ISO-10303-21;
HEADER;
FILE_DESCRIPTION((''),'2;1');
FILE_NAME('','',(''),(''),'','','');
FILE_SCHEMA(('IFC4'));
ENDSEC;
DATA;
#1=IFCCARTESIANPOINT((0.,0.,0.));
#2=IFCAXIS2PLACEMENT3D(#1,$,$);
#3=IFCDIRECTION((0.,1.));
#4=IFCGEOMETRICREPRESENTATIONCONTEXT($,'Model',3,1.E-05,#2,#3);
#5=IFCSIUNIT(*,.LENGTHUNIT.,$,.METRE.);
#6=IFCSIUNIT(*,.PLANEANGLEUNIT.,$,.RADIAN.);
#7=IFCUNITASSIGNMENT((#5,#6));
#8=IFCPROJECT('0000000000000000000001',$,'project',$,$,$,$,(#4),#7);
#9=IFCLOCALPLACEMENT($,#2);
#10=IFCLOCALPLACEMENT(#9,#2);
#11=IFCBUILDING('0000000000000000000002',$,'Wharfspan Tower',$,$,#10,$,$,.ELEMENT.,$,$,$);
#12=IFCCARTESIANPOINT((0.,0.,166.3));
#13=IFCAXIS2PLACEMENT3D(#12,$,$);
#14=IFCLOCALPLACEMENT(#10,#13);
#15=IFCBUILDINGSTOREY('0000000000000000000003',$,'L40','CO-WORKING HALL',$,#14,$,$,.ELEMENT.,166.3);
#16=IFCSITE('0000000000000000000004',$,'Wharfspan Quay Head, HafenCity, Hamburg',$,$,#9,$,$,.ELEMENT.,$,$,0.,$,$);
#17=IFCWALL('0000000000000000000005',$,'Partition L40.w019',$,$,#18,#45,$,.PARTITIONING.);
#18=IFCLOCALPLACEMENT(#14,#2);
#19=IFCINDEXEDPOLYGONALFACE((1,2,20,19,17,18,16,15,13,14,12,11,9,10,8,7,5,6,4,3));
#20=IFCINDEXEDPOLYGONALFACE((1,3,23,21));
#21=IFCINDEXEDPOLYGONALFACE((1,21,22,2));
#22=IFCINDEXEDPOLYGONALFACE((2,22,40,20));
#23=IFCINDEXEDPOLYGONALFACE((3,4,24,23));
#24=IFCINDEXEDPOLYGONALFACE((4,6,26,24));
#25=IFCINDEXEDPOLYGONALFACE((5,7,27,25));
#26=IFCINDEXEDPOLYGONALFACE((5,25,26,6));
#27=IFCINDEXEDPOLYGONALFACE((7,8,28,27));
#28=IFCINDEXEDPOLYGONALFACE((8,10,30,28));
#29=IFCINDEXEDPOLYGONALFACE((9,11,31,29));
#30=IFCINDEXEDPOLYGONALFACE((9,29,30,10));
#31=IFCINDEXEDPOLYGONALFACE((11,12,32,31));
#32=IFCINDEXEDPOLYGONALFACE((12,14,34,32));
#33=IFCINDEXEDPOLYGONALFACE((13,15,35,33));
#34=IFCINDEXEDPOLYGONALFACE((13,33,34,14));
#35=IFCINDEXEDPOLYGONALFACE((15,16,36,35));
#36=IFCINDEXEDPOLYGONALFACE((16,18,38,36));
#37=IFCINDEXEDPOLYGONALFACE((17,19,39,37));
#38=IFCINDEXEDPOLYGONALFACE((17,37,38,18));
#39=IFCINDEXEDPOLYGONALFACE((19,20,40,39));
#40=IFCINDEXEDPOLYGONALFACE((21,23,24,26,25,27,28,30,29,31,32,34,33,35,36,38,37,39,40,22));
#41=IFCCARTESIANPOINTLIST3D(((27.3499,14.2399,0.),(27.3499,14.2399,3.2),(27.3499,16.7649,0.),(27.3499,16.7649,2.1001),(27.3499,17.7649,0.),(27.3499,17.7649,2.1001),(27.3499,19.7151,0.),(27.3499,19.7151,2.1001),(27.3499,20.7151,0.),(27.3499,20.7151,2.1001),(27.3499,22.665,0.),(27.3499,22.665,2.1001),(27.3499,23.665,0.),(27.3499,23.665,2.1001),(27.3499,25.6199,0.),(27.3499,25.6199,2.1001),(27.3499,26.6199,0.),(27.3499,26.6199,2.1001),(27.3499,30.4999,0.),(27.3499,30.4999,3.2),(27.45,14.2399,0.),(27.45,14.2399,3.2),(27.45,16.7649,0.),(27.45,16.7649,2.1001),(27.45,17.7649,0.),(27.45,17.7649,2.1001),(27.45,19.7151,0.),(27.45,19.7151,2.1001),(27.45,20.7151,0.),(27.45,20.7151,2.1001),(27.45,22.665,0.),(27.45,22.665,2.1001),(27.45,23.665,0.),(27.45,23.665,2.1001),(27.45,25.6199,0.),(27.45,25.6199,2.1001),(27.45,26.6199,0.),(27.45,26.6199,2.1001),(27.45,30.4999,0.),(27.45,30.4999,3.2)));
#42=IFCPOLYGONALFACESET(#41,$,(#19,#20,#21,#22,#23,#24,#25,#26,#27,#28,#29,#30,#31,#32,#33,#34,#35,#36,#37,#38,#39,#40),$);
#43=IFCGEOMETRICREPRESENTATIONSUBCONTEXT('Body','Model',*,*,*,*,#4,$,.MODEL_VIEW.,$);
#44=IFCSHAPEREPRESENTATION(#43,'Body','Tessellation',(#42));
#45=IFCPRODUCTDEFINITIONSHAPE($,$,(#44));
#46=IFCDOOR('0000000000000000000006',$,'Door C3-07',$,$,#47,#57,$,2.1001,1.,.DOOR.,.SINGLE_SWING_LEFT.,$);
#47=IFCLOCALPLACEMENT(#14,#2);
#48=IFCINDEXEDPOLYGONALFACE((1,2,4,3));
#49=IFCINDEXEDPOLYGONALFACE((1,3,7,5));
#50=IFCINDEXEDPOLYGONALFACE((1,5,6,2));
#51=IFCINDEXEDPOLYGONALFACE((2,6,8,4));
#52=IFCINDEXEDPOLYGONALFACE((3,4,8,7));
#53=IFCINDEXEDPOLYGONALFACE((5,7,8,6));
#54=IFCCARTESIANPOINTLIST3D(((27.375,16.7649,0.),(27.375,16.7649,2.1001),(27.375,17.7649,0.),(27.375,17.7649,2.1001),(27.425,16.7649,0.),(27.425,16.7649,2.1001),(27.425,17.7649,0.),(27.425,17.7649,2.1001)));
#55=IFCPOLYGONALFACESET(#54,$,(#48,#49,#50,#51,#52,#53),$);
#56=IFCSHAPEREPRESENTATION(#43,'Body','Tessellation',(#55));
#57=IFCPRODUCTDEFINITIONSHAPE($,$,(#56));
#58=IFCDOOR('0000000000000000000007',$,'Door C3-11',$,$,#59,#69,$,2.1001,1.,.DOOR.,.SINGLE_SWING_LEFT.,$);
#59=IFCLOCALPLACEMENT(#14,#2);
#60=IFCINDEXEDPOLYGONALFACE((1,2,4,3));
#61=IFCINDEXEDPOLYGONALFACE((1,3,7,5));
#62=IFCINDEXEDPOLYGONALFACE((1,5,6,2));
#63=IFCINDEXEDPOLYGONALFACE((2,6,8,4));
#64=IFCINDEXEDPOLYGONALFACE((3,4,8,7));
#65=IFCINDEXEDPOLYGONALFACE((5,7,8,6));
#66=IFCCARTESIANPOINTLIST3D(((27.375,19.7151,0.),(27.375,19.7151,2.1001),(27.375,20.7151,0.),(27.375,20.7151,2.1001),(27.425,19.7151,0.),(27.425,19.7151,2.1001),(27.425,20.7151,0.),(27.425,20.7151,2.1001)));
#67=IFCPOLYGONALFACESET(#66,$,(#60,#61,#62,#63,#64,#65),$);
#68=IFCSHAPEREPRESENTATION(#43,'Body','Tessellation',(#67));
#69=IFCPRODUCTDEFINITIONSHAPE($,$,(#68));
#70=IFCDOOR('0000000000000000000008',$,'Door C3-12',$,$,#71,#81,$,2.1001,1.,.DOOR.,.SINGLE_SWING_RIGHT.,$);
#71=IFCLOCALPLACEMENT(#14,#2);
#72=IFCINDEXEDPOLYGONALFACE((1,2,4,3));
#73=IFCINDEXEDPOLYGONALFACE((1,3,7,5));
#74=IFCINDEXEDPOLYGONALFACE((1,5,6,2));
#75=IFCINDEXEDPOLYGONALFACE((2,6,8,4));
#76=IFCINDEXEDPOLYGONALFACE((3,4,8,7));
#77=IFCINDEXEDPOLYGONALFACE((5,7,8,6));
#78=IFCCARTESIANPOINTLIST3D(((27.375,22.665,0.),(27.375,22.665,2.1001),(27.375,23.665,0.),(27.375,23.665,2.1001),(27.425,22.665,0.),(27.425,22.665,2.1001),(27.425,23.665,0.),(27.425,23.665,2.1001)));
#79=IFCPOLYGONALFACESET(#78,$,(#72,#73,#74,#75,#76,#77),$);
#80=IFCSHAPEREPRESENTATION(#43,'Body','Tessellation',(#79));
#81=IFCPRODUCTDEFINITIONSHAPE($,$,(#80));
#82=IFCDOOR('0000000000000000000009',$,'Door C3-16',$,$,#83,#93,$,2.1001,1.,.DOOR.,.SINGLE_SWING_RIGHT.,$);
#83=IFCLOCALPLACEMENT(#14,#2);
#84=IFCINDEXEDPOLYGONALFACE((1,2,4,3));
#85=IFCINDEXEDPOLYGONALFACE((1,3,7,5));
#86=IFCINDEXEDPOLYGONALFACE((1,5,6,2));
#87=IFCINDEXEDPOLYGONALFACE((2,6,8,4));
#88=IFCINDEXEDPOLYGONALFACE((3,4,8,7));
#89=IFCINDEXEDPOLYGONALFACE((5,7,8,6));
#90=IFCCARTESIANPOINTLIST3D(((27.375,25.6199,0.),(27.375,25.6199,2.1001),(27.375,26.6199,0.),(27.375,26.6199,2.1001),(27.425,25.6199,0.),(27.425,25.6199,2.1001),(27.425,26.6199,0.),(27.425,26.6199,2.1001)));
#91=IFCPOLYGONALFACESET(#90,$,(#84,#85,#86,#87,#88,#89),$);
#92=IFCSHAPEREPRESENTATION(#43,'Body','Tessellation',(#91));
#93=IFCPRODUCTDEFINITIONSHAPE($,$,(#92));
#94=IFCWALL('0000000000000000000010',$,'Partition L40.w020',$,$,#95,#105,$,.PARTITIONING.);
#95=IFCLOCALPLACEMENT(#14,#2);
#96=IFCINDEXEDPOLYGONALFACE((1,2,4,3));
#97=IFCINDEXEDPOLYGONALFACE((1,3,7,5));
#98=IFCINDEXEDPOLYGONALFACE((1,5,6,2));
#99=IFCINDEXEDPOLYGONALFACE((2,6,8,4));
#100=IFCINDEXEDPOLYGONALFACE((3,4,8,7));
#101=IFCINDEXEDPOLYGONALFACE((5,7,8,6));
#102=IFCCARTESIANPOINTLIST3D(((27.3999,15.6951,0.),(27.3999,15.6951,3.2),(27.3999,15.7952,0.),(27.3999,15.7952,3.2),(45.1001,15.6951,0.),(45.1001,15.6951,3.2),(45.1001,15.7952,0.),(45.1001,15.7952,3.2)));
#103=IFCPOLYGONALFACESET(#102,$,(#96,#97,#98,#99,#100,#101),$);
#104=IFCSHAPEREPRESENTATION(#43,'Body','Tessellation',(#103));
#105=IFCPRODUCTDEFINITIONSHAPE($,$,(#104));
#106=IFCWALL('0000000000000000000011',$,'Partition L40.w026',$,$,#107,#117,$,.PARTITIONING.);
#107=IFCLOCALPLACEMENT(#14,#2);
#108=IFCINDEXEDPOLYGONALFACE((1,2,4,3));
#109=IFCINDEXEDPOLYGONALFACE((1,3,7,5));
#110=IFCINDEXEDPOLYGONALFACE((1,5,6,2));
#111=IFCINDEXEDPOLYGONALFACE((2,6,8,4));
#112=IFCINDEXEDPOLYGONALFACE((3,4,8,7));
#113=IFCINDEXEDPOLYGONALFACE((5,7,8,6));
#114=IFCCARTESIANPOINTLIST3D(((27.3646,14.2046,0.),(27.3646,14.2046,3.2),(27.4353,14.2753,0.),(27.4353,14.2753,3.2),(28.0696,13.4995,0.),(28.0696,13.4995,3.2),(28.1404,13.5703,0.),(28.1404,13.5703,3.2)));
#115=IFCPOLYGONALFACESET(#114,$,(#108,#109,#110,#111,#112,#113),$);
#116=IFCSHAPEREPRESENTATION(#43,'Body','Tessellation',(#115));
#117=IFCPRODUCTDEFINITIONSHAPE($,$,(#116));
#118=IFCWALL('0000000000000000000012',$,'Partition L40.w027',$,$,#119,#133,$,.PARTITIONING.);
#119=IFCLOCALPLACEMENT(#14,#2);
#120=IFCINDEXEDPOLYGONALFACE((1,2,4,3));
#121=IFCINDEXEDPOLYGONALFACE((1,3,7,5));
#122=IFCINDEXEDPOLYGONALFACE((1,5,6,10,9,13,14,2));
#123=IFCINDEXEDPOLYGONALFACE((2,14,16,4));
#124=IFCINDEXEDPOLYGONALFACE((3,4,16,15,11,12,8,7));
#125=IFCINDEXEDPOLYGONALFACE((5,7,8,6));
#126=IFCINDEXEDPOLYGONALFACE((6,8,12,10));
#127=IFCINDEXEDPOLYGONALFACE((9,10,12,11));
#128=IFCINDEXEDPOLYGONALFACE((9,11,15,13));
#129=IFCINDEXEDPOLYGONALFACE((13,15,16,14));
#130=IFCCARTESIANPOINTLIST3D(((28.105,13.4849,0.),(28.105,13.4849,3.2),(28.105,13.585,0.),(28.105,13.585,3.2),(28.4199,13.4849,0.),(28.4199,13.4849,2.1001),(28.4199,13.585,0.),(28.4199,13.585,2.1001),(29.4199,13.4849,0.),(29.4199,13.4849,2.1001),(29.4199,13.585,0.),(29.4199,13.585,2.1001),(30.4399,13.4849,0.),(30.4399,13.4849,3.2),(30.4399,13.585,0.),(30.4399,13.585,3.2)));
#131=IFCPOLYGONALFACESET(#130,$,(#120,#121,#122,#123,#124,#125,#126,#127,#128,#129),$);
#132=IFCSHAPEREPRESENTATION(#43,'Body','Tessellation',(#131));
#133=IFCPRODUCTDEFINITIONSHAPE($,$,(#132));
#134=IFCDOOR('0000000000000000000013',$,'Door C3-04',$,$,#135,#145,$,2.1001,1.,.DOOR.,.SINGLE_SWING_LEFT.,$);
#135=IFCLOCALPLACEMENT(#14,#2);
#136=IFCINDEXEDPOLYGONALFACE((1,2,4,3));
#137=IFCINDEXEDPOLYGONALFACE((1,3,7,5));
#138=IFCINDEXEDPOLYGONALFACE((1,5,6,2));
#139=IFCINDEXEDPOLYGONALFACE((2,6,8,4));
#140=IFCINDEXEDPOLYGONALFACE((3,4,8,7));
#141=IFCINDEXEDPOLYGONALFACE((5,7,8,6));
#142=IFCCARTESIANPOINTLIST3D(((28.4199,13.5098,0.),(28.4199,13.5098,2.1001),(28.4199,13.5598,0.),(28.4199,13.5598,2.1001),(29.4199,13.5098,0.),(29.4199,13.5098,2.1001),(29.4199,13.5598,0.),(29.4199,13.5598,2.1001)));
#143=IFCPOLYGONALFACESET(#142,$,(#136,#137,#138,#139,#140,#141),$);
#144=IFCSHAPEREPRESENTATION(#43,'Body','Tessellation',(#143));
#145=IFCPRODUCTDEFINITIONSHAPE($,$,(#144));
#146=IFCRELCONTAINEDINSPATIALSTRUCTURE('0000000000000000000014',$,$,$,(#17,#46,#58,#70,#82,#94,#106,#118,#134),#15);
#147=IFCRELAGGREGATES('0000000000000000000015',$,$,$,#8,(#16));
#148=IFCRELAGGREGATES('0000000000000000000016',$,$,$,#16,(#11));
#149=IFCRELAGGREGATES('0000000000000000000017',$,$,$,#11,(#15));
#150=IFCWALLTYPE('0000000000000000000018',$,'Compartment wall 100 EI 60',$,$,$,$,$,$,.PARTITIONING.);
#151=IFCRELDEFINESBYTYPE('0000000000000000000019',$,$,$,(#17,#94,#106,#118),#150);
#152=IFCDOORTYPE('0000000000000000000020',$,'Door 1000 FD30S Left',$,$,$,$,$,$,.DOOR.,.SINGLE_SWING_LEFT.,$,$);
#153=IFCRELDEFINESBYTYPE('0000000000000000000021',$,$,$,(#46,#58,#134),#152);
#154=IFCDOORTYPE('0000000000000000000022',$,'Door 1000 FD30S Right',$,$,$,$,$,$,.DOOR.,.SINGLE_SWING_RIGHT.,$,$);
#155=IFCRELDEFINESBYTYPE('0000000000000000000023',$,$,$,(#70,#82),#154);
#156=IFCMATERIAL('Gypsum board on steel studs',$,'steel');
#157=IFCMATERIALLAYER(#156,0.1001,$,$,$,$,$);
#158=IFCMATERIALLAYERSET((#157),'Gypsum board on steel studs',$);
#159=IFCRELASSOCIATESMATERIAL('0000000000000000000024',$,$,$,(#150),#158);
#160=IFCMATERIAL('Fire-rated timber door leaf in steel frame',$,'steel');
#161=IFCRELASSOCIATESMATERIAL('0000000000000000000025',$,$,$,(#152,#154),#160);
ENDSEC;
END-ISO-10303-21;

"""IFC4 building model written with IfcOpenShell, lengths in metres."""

from ifc_helpers import new_model, si_unit, direction, frame, frame_2d, origin, place, context, subcontext, project, spatial, rectangle, extrude, material, layer, layer_set, type_object, element, fill, save


model = new_model("IFC4")

# Units and contexts
model_context = context("Model", 3, precision=1e-05, world=origin(), true_north=direction((0.0, 1.0)))
body_context = subcontext(model_context, "Body", "Model", "MODEL_VIEW")
ifc_project = project(units=[si_unit("LENGTHUNIT", "METRE"), si_unit("PLANEANGLEUNIT", "RADIAN")], contexts=[model_context])

# Site, building, storey
site_placement = place(None, origin())
site = spatial("IfcSite", under=ifc_project, at=site_placement, Name="Wharfspan Quay Head, HafenCity, Hamburg", CompositionType="ELEMENT", RefElevation=0.0)
building_placement = place(site_placement, origin())
building = spatial("IfcBuilding", under=site, at=building_placement, Name="Wharfspan Tower", CompositionType="ELEMENT")
storey_placement = place(building_placement, frame((0.0, 0.0, 166.3)))
storey = spatial("IfcBuildingStorey", under=building, at=storey_placement, Name="L40", Description="CO-WORKING HALL", CompositionType="ELEMENT", Elevation=166.3)

# Shared definitions
ifc_material_1 = material(Name="Gypsum board on steel studs", Category="steel")
ifc_layer_1 = layer(ifc_material_1, 0.1001)
ifc_layer_set_1 = layer_set([ifc_layer_1], Name="Gypsum board on steel studs")
wall_type_1 = type_object("IfcWallType", Name="Compartment wall 100 EI 60", PredefinedType="PARTITIONING", material=ifc_layer_set_1)

# Wall, openings, doors
ifc_material_2 = material(Name="Fire-rated timber door leaf in steel frame", Category="steel")
door_type_1 = type_object("IfcDoorType", Name="Door 1000 FD30S Left", OperationType="SINGLE_SWING_LEFT", PredefinedType="DOOR", material=ifc_material_2)
door_type_2 = type_object("IfcDoorType", Name="Door 1000 FD30S Right", OperationType="SINGLE_SWING_RIGHT", PredefinedType="DOOR", material=ifc_material_2)
wall_1_placement = place(storey_placement, frame((27.3999, 14.24, 0.0), z_axis=(0.0, 0.0, 1.0), x_axis=(0.0, 1.0, 0.0)))
wall_1 = element("IfcWall", 1, at=wall_1_placement, inside=storey, type_object=wall_type_1, Name="Partition L40.w019", PredefinedType="PARTITIONING", context=body_context, shape_type="SweptSolid", body=[
    extrude(rectangle(XDim=16.26, YDim=0.1001, at=frame_2d((8.1299, 0.0))), origin(), (0.0, 0.0, 1.0), 3.2),
])
opening_1_placement = place(wall_1_placement, frame((2.5249, 0.0, 0.0)))
opening_1 = element("IfcOpeningElement", 2, at=opening_1_placement, cuts=wall_1, PredefinedType="OPENING", context=body_context, shape_type="SweptSolid", body=[
    extrude(rectangle(XDim=1.0, YDim=2.1001, at=frame_2d((0.5, 1.05))), frame((0.0, 0.0601, 0.0), z_axis=(0.0, -1.0, 0.0), x_axis=(1.0, 0.0, 0.0)), (0.0, 0.0, 1.0), 0.1201),
])
opening_2_placement = place(wall_1_placement, frame((5.4751, 0.0, 0.0)))
opening_2 = element("IfcOpeningElement", 3, at=opening_2_placement, cuts=wall_1, PredefinedType="OPENING", context=body_context, shape_type="SweptSolid", body=[
    extrude(rectangle(XDim=1.0, YDim=2.1001, at=frame_2d((0.5, 1.05))), frame((0.0, 0.0601, 0.0), z_axis=(0.0, -1.0, 0.0), x_axis=(1.0, 0.0, 0.0)), (0.0, 0.0, 1.0), 0.1201),
])
opening_3_placement = place(wall_1_placement, frame((8.425, 0.0, 0.0)))
opening_3 = element("IfcOpeningElement", 4, at=opening_3_placement, cuts=wall_1, PredefinedType="OPENING", context=body_context, shape_type="SweptSolid", body=[
    extrude(rectangle(XDim=1.0, YDim=2.1001, at=frame_2d((0.5, 1.05))), frame((0.0, 0.0601, 0.0), z_axis=(0.0, -1.0, 0.0), x_axis=(1.0, 0.0, 0.0)), (0.0, 0.0, 1.0), 0.1201),
])
opening_4_placement = place(wall_1_placement, frame((11.3799, 0.0, 0.0)))
opening_4 = element("IfcOpeningElement", 5, at=opening_4_placement, cuts=wall_1, PredefinedType="OPENING", context=body_context, shape_type="SweptSolid", body=[
    extrude(rectangle(XDim=1.0, YDim=2.1001, at=frame_2d((0.5, 1.05))), frame((0.0, 0.0601, 0.0), z_axis=(0.0, -1.0, 0.0), x_axis=(1.0, 0.0, 0.0)), (0.0, 0.0, 1.0), 0.1201),
])
door_1_placement = place(opening_1_placement, origin())
door_1 = element("IfcDoor", 6, at=door_1_placement, inside=storey, type_object=door_type_1, Name="Door C3-07", OperationType="SINGLE_SWING_LEFT", OverallHeight=2.1001, OverallWidth=1.0, PredefinedType="DOOR", context=body_context, shape_type="SweptSolid", body=[
    extrude(rectangle(XDim=1.0, YDim=2.1001, at=frame_2d((0.5, 1.05))), frame((0.0, 0.0249, 0.0), z_axis=(0.0, -1.0, 0.0), x_axis=(1.0, 0.0, 0.0)), (0.0, 0.0, 1.0), 0.05),
])
fill(opening_1, door_1)
door_2_placement = place(opening_2_placement, origin())
door_2 = element("IfcDoor", 7, at=door_2_placement, inside=storey, type_object=door_type_1, Name="Door C3-11", OperationType="SINGLE_SWING_LEFT", OverallHeight=2.1001, OverallWidth=1.0, PredefinedType="DOOR", context=body_context, shape_type="SweptSolid", body=[
    extrude(rectangle(XDim=1.0, YDim=2.1001, at=frame_2d((0.5, 1.05))), frame((0.0, 0.0249, 0.0), z_axis=(0.0, -1.0, 0.0), x_axis=(1.0, 0.0, 0.0)), (0.0, 0.0, 1.0), 0.05),
])
fill(opening_2, door_2)
door_3_placement = place(opening_3_placement, origin())
door_3 = element("IfcDoor", 8, at=door_3_placement, inside=storey, type_object=door_type_2, Name="Door C3-12", OperationType="SINGLE_SWING_RIGHT", OverallHeight=2.1001, OverallWidth=1.0, PredefinedType="DOOR", context=body_context, shape_type="SweptSolid", body=[
    extrude(rectangle(XDim=1.0, YDim=2.1001, at=frame_2d((0.5, 1.05))), frame((0.0, 0.0249, 0.0), z_axis=(0.0, -1.0, 0.0), x_axis=(1.0, 0.0, 0.0)), (0.0, 0.0, 1.0), 0.05),
])
fill(opening_3, door_3)
door_4_placement = place(opening_4_placement, origin())
door_4 = element("IfcDoor", 9, at=door_4_placement, inside=storey, type_object=door_type_2, Name="Door C3-16", OperationType="SINGLE_SWING_RIGHT", OverallHeight=2.1001, OverallWidth=1.0, PredefinedType="DOOR", context=body_context, shape_type="SweptSolid", body=[
    extrude(rectangle(XDim=1.0, YDim=2.1001, at=frame_2d((0.5, 1.05))), frame((0.0, 0.0249, 0.0), z_axis=(0.0, -1.0, 0.0), x_axis=(1.0, 0.0, 0.0)), (0.0, 0.0, 1.0), 0.05),
])
fill(opening_4, door_4)

# Walls
wall_2_placement = place(storey_placement, frame((27.3999, 15.7451, 0.0), z_axis=(0.0, 0.0, 1.0), x_axis=(1.0, 0.0, 0.0)))
element("IfcWall", 10, at=wall_2_placement, inside=storey, type_object=wall_type_1, Name="Partition L40.w020", PredefinedType="PARTITIONING", context=body_context, shape_type="SweptSolid", body=[
    extrude(rectangle(XDim=17.7002, YDim=0.1001, at=frame_2d((8.8501, 0.0))), origin(), (0.0, 0.0, 1.0), 3.2),
])
wall_3_placement = place(storey_placement, frame((28.105, 13.5349, 0.0), z_axis=(0.0, 0.0, 1.0), x_axis=(-0.707107, 0.707107, 0.0)))
element("IfcWall", 11, at=wall_3_placement, inside=storey, type_object=wall_type_1, Name="Partition L40.w026", PredefinedType="PARTITIONING", context=body_context, shape_type="SweptSolid", body=[
    extrude(rectangle(XDim=0.9971, YDim=0.1001, at=frame_2d((0.4985, 0.0))), origin(), (0.0, 0.0, 1.0), 3.2),
])

# Wall, opening, door
wall_4_placement = place(storey_placement, frame((28.105, 13.5349, 0.0), z_axis=(0.0, 0.0, 1.0), x_axis=(1.0, 0.0, 0.0)))
wall_4 = element("IfcWall", 12, at=wall_4_placement, inside=storey, type_object=wall_type_1, Name="Partition L40.w027", PredefinedType="PARTITIONING", context=body_context, shape_type="SweptSolid", body=[
    extrude(rectangle(XDim=2.335, YDim=0.1001, at=frame_2d((1.1675, 0.0))), origin(), (0.0, 0.0, 1.0), 3.2),
])
opening_5_placement = place(wall_4_placement, frame((0.3149, 0.0, 0.0)))
opening_5 = element("IfcOpeningElement", 13, at=opening_5_placement, cuts=wall_4, PredefinedType="OPENING", context=body_context, shape_type="SweptSolid", body=[
    extrude(rectangle(XDim=1.0, YDim=2.1001, at=frame_2d((0.5, 1.05))), frame((0.0, 0.0601, 0.0), z_axis=(0.0, -1.0, 0.0), x_axis=(1.0, 0.0, 0.0)), (0.0, 0.0, 1.0), 0.1201),
])
door_5_placement = place(opening_5_placement, origin())
door_5 = element("IfcDoor", 14, at=door_5_placement, inside=storey, type_object=door_type_1, Name="Door C3-04", OperationType="SINGLE_SWING_LEFT", OverallHeight=2.1001, OverallWidth=1.0, PredefinedType="DOOR", context=body_context, shape_type="SweptSolid", body=[
    extrude(rectangle(XDim=1.0, YDim=2.1001, at=frame_2d((0.5, 1.05))), frame((0.0, 0.0249, 0.0), z_axis=(0.0, -1.0, 0.0), x_axis=(1.0, 0.0, 0.0)), (0.0, 0.0, 1.0), 0.05),
])
fill(opening_5, door_5)

save(model, "model.ifc")
